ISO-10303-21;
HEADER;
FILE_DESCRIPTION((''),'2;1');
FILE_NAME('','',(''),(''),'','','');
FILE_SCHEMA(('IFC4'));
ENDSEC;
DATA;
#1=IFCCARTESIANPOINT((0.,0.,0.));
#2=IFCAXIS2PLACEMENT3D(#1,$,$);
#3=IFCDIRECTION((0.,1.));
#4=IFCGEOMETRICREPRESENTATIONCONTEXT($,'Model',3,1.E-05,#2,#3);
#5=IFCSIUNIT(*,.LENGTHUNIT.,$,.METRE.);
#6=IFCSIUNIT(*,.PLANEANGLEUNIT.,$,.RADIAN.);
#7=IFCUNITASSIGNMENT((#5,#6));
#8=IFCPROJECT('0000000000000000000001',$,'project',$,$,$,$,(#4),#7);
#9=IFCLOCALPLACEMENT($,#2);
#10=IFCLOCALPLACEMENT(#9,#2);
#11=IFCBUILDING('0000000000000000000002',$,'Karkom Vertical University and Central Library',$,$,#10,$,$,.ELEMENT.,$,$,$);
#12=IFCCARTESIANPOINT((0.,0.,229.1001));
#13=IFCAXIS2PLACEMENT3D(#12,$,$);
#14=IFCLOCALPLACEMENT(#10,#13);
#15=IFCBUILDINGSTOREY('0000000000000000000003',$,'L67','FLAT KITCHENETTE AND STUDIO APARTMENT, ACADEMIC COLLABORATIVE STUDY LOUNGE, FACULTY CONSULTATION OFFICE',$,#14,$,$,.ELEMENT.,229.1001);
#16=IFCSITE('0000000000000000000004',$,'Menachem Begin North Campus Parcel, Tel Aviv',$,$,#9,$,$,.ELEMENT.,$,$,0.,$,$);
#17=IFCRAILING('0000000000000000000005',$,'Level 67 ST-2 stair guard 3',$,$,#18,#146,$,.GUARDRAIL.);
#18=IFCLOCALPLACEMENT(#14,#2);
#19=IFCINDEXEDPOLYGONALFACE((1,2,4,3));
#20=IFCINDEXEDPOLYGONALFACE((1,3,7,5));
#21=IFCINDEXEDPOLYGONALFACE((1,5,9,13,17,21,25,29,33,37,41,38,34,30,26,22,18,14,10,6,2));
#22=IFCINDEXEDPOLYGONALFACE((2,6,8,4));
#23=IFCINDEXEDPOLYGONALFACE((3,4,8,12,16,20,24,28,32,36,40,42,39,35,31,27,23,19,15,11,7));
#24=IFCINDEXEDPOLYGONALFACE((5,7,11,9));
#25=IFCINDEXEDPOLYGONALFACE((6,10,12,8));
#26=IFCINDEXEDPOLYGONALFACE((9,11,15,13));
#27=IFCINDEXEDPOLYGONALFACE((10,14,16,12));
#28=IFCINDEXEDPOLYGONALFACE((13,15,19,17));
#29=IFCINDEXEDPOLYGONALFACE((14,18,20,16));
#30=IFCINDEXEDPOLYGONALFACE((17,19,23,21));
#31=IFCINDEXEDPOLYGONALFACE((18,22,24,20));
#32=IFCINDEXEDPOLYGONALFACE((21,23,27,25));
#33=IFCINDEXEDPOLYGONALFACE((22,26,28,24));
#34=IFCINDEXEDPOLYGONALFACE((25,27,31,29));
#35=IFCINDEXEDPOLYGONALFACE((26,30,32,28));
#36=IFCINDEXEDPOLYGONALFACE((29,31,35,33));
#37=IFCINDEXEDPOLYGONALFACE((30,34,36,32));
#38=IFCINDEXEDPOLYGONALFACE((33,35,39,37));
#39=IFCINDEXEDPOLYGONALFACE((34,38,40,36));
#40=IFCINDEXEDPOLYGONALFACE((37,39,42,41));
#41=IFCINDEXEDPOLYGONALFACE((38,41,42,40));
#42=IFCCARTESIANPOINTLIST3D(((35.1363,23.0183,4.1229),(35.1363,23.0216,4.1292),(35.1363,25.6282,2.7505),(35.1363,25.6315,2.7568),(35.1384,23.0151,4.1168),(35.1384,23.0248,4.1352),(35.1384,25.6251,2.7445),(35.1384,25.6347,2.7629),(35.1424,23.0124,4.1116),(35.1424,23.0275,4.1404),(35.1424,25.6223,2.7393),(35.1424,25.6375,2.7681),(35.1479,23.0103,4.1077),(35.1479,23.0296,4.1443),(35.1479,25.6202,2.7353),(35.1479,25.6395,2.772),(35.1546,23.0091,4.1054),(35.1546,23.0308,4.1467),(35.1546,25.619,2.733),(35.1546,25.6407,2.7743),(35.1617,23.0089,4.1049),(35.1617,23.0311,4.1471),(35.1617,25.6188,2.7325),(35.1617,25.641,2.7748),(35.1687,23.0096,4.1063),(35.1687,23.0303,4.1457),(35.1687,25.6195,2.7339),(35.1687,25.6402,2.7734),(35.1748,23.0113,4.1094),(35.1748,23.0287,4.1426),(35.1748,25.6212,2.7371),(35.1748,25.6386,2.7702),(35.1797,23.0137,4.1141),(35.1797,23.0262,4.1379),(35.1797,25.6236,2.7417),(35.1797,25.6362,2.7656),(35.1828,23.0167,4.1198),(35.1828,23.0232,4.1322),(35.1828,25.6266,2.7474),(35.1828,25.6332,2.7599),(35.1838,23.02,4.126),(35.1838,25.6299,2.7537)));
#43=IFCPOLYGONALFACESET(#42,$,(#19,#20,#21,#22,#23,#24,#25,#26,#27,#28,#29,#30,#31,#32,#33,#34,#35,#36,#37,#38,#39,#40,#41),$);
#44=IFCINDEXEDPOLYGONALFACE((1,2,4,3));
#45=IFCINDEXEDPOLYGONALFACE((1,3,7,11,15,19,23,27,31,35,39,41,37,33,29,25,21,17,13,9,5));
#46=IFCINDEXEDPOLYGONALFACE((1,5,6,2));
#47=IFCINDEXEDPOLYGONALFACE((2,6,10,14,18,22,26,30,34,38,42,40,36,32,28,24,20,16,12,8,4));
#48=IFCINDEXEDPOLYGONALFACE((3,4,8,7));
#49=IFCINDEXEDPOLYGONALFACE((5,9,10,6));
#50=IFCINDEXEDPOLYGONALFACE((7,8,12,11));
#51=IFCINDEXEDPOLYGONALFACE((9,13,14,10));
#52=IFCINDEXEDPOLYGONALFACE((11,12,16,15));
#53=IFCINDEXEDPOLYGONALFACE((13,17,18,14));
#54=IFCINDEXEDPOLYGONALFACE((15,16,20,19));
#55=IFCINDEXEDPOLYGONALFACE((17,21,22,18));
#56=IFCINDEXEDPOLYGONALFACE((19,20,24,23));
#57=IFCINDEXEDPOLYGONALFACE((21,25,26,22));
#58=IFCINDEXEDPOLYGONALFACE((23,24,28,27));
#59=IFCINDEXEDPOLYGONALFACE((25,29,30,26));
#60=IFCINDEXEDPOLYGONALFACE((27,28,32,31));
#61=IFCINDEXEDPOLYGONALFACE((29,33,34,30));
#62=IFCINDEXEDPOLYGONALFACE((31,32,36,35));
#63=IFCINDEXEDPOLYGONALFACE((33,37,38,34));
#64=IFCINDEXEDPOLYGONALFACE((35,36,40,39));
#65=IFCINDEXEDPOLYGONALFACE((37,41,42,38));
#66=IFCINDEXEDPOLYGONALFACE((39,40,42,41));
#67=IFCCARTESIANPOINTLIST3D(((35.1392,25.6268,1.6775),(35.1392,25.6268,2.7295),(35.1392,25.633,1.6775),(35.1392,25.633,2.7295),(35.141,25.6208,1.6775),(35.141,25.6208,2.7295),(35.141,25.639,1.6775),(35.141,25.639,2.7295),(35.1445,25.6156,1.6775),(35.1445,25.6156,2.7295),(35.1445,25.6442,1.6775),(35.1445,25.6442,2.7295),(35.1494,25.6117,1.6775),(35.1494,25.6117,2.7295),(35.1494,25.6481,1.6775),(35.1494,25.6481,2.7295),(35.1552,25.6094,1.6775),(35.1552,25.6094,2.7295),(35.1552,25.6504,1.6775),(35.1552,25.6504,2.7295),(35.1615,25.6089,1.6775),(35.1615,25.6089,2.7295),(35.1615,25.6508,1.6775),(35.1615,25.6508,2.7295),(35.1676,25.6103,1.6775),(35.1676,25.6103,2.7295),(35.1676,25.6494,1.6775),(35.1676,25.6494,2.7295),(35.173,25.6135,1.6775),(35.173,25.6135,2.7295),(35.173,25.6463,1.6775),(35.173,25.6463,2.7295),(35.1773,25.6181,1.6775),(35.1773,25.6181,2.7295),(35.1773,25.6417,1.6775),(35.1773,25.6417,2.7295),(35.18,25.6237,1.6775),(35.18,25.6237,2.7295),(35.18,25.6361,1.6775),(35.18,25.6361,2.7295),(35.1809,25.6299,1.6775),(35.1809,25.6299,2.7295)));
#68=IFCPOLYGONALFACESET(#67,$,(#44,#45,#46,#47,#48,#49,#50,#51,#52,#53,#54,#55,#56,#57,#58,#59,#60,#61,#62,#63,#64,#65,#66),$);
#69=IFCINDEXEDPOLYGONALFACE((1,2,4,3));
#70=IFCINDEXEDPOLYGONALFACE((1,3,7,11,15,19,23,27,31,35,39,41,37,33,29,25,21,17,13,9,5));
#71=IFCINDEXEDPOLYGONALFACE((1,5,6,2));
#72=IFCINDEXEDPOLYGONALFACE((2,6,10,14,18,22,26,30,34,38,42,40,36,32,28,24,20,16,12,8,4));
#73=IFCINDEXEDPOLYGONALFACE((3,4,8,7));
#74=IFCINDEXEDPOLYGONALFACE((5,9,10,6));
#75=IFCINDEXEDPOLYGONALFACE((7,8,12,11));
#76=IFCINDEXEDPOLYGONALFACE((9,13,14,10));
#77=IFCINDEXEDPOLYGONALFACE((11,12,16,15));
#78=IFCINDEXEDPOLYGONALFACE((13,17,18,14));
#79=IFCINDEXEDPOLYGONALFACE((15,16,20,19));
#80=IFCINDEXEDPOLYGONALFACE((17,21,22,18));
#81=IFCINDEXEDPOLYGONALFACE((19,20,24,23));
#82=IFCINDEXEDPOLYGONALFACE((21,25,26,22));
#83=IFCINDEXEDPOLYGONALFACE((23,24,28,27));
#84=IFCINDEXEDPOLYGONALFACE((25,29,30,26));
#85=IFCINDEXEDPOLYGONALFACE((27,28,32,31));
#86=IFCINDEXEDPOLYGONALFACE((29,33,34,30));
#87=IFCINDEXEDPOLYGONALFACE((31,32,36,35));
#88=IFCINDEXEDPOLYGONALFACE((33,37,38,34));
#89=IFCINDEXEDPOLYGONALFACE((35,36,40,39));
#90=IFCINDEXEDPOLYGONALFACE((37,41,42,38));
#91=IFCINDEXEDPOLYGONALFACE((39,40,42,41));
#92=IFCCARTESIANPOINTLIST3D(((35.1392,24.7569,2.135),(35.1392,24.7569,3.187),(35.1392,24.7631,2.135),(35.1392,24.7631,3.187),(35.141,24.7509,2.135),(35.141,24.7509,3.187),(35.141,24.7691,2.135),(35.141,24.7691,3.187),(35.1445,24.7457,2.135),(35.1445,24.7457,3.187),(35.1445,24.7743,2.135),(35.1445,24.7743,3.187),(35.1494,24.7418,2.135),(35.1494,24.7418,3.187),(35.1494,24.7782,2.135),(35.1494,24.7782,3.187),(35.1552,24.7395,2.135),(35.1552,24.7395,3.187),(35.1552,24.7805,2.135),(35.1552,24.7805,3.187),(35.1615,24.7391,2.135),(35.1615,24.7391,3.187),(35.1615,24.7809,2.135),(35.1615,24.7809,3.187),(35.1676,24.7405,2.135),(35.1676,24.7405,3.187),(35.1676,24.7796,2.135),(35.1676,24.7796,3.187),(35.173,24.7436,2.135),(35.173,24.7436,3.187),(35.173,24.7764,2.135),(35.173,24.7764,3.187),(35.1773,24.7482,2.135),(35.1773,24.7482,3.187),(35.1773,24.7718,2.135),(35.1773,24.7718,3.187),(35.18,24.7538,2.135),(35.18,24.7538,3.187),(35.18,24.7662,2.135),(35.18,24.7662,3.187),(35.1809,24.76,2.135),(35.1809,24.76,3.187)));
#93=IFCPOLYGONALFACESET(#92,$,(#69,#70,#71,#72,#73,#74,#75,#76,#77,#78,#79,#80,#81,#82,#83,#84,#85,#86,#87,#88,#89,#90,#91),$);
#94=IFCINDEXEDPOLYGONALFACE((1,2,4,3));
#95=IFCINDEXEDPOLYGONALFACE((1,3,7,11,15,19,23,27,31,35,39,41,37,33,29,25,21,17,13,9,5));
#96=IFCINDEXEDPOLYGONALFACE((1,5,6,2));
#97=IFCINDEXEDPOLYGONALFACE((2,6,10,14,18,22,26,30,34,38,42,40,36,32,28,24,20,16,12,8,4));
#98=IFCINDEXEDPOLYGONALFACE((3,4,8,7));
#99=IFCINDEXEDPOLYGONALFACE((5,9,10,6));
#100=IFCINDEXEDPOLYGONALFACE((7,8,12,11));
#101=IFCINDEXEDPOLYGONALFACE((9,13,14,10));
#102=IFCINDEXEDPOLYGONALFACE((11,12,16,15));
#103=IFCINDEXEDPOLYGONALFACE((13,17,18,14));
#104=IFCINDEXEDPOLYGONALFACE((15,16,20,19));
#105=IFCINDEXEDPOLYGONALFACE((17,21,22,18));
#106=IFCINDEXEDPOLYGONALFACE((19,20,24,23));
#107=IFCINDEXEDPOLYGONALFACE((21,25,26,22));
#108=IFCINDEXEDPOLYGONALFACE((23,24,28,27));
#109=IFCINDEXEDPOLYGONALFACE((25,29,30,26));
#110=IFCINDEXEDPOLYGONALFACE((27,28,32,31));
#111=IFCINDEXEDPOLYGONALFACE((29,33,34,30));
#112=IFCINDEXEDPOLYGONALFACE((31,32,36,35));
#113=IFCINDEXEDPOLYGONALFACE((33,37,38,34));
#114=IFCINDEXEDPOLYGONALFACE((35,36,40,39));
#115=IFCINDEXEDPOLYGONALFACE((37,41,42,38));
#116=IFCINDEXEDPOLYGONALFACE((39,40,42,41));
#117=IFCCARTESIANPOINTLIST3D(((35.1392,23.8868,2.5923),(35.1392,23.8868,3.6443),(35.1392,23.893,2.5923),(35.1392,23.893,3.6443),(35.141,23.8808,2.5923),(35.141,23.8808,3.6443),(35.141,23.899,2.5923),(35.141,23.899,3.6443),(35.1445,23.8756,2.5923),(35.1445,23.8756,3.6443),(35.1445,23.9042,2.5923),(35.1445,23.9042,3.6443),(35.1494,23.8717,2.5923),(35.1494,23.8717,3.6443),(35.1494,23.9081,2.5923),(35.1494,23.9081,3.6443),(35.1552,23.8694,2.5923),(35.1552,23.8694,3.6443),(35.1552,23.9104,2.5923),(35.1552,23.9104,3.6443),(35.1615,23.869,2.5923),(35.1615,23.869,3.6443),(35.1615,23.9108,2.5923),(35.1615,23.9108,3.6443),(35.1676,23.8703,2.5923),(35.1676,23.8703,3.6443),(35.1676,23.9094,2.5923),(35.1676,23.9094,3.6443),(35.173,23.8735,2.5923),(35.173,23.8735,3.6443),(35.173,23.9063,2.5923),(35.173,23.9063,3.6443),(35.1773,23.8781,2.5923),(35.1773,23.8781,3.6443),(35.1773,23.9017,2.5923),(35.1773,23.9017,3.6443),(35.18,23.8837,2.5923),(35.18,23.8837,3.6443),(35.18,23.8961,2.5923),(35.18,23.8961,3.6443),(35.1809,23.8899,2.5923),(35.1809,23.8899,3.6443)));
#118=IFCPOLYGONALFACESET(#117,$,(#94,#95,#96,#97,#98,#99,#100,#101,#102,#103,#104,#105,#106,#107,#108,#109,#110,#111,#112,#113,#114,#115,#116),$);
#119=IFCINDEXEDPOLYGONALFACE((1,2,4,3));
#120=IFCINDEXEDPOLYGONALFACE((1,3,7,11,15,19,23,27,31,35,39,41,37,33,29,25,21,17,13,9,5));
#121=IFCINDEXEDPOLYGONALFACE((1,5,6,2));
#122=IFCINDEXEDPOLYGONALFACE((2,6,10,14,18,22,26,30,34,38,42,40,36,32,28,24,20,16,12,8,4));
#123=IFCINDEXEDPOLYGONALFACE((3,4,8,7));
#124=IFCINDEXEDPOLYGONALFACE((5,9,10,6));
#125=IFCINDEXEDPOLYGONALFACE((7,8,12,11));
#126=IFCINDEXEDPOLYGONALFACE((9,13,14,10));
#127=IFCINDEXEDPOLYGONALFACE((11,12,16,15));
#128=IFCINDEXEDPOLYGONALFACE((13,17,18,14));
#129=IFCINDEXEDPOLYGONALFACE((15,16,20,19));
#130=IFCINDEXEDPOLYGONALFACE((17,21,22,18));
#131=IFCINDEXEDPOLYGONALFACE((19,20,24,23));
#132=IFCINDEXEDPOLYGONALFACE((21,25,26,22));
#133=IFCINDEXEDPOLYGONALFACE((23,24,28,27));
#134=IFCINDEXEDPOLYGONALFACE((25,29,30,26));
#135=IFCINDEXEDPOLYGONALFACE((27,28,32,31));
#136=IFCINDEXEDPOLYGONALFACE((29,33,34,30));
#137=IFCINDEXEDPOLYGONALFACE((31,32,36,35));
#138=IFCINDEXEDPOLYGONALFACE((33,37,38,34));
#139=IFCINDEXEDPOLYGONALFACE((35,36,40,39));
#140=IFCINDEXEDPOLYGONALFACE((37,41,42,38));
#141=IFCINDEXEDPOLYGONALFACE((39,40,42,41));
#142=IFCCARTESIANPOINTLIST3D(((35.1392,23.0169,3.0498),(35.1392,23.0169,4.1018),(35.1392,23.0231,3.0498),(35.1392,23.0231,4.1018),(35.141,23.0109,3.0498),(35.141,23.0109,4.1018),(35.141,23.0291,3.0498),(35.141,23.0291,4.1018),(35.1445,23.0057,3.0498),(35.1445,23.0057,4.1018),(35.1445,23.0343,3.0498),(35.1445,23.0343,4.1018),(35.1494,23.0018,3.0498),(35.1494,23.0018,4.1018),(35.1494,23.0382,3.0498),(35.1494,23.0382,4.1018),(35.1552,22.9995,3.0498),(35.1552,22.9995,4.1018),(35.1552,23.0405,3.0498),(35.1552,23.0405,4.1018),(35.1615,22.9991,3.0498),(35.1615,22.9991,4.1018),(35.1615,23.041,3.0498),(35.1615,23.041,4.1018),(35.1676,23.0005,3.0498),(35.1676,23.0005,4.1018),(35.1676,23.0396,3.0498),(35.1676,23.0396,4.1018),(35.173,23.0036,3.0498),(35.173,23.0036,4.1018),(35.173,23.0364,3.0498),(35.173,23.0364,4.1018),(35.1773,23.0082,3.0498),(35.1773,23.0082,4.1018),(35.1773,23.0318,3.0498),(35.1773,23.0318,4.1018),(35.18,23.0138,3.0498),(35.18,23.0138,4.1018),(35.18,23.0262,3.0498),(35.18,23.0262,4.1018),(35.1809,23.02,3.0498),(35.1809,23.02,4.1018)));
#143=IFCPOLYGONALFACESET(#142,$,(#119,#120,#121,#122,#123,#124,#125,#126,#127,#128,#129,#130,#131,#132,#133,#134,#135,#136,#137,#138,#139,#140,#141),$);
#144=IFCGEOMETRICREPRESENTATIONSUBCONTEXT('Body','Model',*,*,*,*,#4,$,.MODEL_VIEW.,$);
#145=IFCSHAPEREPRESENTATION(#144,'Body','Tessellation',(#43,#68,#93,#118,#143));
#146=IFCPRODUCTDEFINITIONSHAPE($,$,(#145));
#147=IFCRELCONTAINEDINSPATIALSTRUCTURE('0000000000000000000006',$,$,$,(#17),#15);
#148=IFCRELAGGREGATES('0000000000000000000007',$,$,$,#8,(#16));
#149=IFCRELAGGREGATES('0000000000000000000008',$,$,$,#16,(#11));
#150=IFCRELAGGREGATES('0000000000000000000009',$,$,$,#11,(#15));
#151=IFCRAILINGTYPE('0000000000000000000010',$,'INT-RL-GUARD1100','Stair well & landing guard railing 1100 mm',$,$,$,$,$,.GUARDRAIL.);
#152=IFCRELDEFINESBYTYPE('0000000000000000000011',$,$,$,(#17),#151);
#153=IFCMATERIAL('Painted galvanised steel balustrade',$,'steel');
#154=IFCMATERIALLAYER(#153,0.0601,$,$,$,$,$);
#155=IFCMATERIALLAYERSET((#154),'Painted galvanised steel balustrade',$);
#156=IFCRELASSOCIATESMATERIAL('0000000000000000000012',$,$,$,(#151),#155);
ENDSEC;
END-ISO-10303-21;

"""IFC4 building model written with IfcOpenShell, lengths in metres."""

from ifc_helpers import new_model, si_unit, direction, frame, origin, origin_2d, place, context, subcontext, project, spatial, circle, extrude, material, layer, layer_set, type_object, element, save


model = new_model("IFC4")

# Units and contexts
model_context = context("Model", 3, precision=1e-05, world=origin(), true_north=direction((0.0, 1.0)))
body_context = subcontext(model_context, "Body", "Model", "MODEL_VIEW")
ifc_project = project(units=[si_unit("LENGTHUNIT", "METRE"), si_unit("PLANEANGLEUNIT", "RADIAN")], contexts=[model_context])

# Site, building, storey
site_placement = place(None, origin())
site = spatial("IfcSite", under=ifc_project, at=site_placement, Name="Menachem Begin North Campus Parcel, Tel Aviv", CompositionType="ELEMENT", RefElevation=0.0)
building_placement = place(site_placement, origin())
building = spatial("IfcBuilding", under=site, at=building_placement, Name="Karkom Vertical University and Central Library", CompositionType="ELEMENT")
storey_placement = place(building_placement, frame((0.0, 0.0, 229.1001)))
storey = spatial("IfcBuildingStorey", under=building, at=storey_placement, Name="L67", Description="FLAT KITCHENETTE AND STUDIO APARTMENT, ACADEMIC COLLABORATIVE STUDY LOUNGE, FACULTY CONSULTATION OFFICE", CompositionType="ELEMENT", Elevation=229.1001)

# Railing
ifc_material_1 = material(Name="Painted galvanised steel balustrade", Category="steel")
ifc_layer_1 = layer(ifc_material_1, 0.0601)
ifc_layer_set_1 = layer_set([ifc_layer_1], Name="Painted galvanised steel balustrade")
railing_type_1 = type_object("IfcRailingType", Name="INT-RL-GUARD1100", Description="Stair well & landing guard railing 1100 mm", PredefinedType="GUARDRAIL", material=ifc_layer_set_1)
railing_1_placement = place(storey_placement, frame((35.1599, 25.6299, 1.6775)))
element("IfcRailing", 1, at=railing_1_placement, inside=storey, type_object=railing_type_1, Name="Level 67 ST-2 stair guard 3", PredefinedType="GUARDRAIL", context=body_context, shape_type="SweptSolid", body=[
    extrude(circle(Radius=0.0239, at=origin_2d()), frame((0.0, 0.0, 1.0762), z_axis=(0.0, -0.8851, 0.465402), x_axis=(1.0, 0.0, 0.0)), (0.0, 0.0, 1.0), 2.9487),
    extrude(circle(Radius=0.021, at=origin_2d()), origin(), (0.0, 0.0, 1.0), 1.052),
    extrude(circle(Radius=0.021, at=origin_2d()), frame((0.0, -0.8699, 0.4575)), (0.0, 0.0, 1.0), 1.052),
    extrude(circle(Radius=0.021, at=origin_2d()), frame((0.0, -1.74, 0.9148)), (0.0, 0.0, 1.0), 1.052),
    extrude(circle(Radius=0.021, at=origin_2d()), frame((0.0, -2.6099, 1.3723)), (0.0, 0.0, 1.0), 1.052),
])

save(model, "model.ifc")
